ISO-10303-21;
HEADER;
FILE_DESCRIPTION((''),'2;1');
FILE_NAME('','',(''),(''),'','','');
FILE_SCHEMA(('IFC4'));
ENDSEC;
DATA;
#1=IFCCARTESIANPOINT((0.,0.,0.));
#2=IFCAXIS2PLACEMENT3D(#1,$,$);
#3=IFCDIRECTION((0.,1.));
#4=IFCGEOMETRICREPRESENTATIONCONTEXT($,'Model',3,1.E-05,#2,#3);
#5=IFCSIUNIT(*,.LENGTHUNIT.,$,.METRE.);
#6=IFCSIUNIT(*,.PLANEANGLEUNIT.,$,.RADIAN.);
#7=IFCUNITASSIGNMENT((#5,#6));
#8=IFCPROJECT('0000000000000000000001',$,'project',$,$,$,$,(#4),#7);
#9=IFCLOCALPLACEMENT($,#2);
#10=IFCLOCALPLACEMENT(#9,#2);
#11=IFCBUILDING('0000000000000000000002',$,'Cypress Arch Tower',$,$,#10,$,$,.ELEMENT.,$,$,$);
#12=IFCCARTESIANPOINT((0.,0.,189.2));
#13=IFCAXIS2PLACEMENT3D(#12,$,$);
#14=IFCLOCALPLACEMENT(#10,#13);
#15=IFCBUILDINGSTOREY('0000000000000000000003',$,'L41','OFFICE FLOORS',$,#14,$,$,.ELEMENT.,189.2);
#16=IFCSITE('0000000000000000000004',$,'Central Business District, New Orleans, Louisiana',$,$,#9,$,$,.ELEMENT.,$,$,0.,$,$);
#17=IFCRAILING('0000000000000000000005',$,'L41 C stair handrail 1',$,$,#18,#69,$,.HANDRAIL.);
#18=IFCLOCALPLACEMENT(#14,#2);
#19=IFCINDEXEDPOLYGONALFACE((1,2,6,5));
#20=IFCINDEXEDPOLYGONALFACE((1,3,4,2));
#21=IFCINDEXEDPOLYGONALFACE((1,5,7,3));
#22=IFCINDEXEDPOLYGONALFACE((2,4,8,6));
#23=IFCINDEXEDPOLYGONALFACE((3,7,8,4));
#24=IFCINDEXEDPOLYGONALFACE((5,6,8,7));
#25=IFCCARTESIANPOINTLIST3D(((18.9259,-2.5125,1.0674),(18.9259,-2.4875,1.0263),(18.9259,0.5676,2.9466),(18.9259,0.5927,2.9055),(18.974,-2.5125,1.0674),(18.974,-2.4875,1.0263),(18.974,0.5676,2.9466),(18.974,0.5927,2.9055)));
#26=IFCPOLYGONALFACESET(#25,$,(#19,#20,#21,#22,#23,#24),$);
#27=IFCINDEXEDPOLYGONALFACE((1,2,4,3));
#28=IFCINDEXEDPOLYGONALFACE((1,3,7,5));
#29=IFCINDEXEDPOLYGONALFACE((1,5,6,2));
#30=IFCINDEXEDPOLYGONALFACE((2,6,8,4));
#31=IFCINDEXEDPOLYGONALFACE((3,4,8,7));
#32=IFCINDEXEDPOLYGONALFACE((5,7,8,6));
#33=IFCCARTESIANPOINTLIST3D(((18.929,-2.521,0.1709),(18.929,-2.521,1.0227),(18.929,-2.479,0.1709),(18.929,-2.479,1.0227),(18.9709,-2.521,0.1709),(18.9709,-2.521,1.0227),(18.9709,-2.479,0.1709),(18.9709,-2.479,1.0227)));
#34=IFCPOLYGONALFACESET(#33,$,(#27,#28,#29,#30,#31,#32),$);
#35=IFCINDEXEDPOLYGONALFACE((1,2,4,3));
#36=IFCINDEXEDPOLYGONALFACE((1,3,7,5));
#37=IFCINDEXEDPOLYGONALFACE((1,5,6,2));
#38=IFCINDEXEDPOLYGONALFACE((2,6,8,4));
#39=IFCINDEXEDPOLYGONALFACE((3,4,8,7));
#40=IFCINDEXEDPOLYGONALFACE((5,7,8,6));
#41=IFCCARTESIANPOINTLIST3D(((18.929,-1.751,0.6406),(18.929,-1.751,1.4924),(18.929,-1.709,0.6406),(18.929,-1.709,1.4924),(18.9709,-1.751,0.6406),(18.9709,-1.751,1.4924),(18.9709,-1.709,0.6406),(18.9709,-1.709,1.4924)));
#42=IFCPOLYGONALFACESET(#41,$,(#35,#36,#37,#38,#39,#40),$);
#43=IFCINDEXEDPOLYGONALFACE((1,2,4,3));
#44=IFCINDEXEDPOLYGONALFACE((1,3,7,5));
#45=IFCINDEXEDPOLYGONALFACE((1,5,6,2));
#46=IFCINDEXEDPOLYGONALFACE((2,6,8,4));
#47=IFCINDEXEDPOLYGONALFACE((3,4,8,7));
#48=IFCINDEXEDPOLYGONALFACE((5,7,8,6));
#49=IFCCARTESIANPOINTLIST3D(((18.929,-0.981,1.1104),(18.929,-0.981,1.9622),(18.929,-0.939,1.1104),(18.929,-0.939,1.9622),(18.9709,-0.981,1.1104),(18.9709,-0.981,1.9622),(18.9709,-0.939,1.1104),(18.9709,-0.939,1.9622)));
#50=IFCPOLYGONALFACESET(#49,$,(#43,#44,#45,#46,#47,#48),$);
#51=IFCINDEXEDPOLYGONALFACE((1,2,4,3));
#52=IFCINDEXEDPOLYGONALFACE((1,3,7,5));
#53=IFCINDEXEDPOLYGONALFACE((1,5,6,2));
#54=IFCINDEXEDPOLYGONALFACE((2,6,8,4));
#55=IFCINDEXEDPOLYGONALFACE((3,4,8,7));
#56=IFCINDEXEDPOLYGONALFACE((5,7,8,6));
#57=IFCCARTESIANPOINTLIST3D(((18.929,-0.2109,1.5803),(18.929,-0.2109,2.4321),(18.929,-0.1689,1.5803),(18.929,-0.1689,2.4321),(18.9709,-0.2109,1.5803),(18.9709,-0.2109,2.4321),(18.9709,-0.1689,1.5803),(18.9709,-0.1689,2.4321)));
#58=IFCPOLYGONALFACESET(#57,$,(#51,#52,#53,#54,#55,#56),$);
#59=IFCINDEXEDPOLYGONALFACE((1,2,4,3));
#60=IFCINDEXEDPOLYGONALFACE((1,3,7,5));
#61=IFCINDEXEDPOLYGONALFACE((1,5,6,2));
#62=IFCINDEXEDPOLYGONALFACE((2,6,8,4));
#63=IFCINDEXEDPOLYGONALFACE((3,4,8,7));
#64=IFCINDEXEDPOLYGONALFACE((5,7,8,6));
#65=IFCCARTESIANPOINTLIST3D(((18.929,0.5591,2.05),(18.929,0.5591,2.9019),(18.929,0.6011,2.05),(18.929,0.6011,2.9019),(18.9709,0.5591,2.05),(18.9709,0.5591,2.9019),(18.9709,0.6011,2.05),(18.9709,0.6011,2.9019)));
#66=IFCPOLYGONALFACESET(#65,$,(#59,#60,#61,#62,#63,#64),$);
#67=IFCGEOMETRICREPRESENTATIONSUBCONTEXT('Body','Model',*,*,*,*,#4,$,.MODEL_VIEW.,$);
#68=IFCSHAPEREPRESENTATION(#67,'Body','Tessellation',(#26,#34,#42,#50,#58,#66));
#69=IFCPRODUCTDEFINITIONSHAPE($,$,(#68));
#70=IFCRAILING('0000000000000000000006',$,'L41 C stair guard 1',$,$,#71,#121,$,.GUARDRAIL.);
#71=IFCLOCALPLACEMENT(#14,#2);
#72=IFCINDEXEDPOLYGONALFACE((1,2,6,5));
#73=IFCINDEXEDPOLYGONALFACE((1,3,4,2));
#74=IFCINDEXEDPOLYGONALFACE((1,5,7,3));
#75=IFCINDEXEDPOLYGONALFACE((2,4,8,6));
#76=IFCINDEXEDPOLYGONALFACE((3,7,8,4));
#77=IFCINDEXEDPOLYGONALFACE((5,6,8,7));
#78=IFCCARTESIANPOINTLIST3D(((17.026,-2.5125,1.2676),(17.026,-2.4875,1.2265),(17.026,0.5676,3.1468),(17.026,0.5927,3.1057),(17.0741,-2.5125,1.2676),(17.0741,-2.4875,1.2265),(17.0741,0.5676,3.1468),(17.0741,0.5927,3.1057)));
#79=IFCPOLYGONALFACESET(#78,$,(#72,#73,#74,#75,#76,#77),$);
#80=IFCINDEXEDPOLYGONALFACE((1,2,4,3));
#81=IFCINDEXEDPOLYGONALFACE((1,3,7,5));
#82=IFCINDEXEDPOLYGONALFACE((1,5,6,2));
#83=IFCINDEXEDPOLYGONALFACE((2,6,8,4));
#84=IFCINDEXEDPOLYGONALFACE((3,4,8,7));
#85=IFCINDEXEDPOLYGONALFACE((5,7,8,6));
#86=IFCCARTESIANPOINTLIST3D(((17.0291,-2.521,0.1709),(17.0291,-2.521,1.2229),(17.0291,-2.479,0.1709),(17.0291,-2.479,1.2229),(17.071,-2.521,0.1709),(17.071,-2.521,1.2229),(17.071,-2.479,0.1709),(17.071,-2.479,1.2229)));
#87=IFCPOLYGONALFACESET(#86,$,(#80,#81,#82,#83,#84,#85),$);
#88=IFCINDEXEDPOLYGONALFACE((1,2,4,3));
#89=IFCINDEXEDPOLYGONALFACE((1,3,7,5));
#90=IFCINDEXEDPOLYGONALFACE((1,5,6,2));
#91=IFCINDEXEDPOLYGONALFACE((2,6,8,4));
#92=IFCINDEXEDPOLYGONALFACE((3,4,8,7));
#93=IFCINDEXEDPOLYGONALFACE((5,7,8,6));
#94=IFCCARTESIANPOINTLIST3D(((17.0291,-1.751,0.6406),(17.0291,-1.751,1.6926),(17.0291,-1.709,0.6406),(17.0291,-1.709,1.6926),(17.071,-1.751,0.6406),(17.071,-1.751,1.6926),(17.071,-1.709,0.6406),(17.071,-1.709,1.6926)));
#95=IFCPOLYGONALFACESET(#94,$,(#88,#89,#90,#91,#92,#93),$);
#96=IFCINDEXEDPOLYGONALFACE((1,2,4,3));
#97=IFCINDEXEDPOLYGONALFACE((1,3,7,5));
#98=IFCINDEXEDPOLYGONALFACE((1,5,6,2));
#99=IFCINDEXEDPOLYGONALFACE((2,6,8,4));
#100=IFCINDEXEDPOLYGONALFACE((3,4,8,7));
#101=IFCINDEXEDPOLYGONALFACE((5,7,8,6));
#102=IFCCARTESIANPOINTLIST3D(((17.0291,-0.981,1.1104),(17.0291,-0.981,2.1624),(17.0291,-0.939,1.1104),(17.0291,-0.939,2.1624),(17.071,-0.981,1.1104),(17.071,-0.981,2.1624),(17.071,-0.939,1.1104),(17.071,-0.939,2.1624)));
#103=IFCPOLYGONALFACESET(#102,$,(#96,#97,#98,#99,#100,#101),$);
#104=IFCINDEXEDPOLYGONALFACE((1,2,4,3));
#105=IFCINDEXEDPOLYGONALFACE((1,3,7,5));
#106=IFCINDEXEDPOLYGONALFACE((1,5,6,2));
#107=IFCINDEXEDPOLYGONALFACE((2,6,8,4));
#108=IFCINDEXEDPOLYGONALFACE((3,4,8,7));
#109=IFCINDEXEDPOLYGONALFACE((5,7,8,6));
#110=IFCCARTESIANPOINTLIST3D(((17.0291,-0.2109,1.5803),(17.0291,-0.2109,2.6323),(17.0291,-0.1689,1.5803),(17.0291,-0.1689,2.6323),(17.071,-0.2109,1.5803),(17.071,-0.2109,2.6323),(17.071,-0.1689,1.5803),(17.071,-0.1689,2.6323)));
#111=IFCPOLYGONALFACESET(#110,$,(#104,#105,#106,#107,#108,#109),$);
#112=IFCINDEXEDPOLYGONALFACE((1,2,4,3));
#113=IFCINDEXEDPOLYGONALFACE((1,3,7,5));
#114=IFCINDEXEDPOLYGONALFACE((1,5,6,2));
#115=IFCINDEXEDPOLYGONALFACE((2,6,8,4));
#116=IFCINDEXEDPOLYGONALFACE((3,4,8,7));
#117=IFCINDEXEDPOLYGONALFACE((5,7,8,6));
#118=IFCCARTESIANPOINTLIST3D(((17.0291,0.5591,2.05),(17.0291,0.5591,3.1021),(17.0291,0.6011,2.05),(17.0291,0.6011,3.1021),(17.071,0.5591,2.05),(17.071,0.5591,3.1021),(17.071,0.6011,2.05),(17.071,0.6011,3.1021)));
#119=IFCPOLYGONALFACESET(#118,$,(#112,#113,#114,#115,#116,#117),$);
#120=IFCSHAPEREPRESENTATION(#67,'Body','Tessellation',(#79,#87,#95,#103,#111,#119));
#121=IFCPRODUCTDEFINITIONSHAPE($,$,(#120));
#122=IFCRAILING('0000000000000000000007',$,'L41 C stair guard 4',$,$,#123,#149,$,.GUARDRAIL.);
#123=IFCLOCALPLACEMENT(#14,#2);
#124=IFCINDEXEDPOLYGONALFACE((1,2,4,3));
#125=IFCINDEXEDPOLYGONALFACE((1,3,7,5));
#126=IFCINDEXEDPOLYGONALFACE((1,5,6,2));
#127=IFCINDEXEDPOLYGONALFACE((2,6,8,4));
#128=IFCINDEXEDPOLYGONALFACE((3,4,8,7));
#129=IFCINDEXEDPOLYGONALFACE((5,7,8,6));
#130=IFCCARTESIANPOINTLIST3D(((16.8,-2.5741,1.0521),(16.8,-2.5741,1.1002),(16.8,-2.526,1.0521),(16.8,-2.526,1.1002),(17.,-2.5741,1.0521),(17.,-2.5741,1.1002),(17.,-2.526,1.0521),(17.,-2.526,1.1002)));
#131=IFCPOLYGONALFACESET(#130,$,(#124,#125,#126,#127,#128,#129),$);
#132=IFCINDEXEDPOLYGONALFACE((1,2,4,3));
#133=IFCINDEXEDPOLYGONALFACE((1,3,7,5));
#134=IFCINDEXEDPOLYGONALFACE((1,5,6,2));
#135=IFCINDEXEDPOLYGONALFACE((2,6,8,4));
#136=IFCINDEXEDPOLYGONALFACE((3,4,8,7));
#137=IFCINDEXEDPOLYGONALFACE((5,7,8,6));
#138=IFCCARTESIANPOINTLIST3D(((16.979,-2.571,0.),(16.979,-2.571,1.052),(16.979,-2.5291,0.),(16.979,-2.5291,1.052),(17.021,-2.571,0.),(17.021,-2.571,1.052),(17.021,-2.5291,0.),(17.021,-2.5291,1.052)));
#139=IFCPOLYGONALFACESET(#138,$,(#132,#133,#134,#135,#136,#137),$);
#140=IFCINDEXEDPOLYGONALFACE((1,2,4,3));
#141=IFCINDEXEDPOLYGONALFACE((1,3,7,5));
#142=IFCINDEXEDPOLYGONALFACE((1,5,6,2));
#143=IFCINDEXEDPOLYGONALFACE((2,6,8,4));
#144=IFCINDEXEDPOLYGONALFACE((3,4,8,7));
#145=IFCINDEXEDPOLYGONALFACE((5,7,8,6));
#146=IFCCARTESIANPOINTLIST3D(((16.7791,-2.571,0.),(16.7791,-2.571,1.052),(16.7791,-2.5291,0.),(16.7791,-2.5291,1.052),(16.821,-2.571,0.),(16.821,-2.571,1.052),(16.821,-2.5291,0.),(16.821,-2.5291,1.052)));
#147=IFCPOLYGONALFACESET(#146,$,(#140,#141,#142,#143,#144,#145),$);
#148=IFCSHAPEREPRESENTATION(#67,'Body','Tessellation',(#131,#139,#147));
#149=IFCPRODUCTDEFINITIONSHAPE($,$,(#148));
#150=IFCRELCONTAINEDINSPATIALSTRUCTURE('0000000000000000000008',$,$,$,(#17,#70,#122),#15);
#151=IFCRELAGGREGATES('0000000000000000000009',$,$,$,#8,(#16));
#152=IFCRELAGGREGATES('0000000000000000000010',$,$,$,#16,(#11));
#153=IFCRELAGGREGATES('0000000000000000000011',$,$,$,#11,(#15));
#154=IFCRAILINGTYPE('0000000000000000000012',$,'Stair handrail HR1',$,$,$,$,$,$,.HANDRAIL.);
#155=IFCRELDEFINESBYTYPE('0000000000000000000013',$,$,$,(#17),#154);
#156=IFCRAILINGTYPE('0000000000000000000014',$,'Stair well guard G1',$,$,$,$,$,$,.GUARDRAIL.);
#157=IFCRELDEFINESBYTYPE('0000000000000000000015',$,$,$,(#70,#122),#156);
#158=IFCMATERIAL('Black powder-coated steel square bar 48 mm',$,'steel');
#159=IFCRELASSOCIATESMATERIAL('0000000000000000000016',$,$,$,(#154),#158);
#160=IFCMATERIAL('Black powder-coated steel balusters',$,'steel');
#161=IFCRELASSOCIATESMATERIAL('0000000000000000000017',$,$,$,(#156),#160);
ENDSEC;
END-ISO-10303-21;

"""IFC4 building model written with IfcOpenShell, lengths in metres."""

from ifc_helpers import new_model, si_unit, direction, frame, origin, origin_2d, place, context, subcontext, project, spatial, rectangle, extrude, material, type_object, element, save


model = new_model("IFC4")

# Units and contexts
model_context = context("Model", 3, precision=1e-05, world=origin(), true_north=direction((0.0, 1.0)))
body_context = subcontext(model_context, "Body", "Model", "MODEL_VIEW")
ifc_project = project(units=[si_unit("LENGTHUNIT", "METRE"), si_unit("PLANEANGLEUNIT", "RADIAN")], contexts=[model_context])

# Site, building, storey
site_placement = place(None, origin())
site = spatial("IfcSite", under=ifc_project, at=site_placement, Name="Central Business District, New Orleans, Louisiana", CompositionType="ELEMENT", RefElevation=0.0)
building_placement = place(site_placement, origin())
building = spatial("IfcBuilding", under=site, at=building_placement, Name="Cypress Arch Tower", CompositionType="ELEMENT")
storey_placement = place(building_placement, frame((0.0, 0.0, 189.2)))
storey = spatial("IfcBuildingStorey", under=building, at=storey_placement, Name="L41", Description="OFFICE FLOORS", CompositionType="ELEMENT", Elevation=189.2)

# Railings
ifc_material_1 = material(Name="Black powder-coated steel square bar 48 mm", Category="steel")
railing_type_1 = type_object("IfcRailingType", Name="Stair handrail HR1", PredefinedType="HANDRAIL", material=ifc_material_1)
railing_1_placement = place(storey_placement, frame((18.95, -2.5, 0.1709)))
element("IfcRailing", 1, at=railing_1_placement, inside=storey, type_object=railing_type_1, Name="L41 C stair handrail 1", PredefinedType="HANDRAIL", context=body_context, shape_type="SweptSolid", body=[
    extrude(rectangle(XDim=0.0481, YDim=0.0481, at=origin_2d()), frame((0.0, 0.0, 0.876), z_axis=(0.0, 0.853666, 0.52082), x_axis=(-1.0, 0.0, 0.0)), (0.0, 0.0, 1.0), 3.6082),
    extrude(rectangle(XDim=0.042, YDim=0.042, at=origin_2d()), origin(), (0.0, 0.0, 1.0), 0.8518),
    extrude(rectangle(XDim=0.042, YDim=0.042, at=origin_2d()), frame((0.0, 0.77, 0.4697)), (0.0, 0.0, 1.0), 0.8518),
    extrude(rectangle(XDim=0.042, YDim=0.042, at=origin_2d()), frame((0.0, 1.54, 0.9395)), (0.0, 0.0, 1.0), 0.8518),
    extrude(rectangle(XDim=0.042, YDim=0.042, at=origin_2d()), frame((0.0, 2.3101, 1.4094)), (0.0, 0.0, 1.0), 0.8518),
    extrude(rectangle(XDim=0.042, YDim=0.042, at=origin_2d()), frame((0.0, 3.0801, 1.8792)), (0.0, 0.0, 1.0), 0.8518),
])
ifc_material_2 = material(Name="Black powder-coated steel balusters", Category="steel")
railing_type_2 = type_object("IfcRailingType", Name="Stair well guard G1", PredefinedType="GUARDRAIL", material=ifc_material_2)
railing_2_placement = place(storey_placement, frame((17.05, -2.5, 0.1709)))
element("IfcRailing", 2, at=railing_2_placement, inside=storey, type_object=railing_type_2, Name="L41 C stair guard 1", PredefinedType="GUARDRAIL", context=body_context, shape_type="SweptSolid", body=[
    extrude(rectangle(XDim=0.0481, YDim=0.0481, at=origin_2d()), frame((0.0, 0.0, 1.0762), z_axis=(0.0, 0.853666, 0.52082), x_axis=(-1.0, 0.0, 0.0)), (0.0, 0.0, 1.0), 3.6082),
    extrude(rectangle(XDim=0.042, YDim=0.042, at=origin_2d()), origin(), (0.0, 0.0, 1.0), 1.052),
    extrude(rectangle(XDim=0.042, YDim=0.042, at=origin_2d()), frame((0.0, 0.77, 0.4697)), (0.0, 0.0, 1.0), 1.052),
    extrude(rectangle(XDim=0.042, YDim=0.042, at=origin_2d()), frame((0.0, 1.54, 0.9395)), (0.0, 0.0, 1.0), 1.052),
    extrude(rectangle(XDim=0.042, YDim=0.042, at=origin_2d()), frame((0.0, 2.3101, 1.4094)), (0.0, 0.0, 1.0), 1.052),
    extrude(rectangle(XDim=0.042, YDim=0.042, at=origin_2d()), frame((0.0, 3.0801, 1.8792)), (0.0, 0.0, 1.0), 1.052),
])
railing_3_placement = place(storey_placement, frame((17.0, -2.55, 0.0)))
element("IfcRailing", 3, at=railing_3_placement, inside=storey, type_object=railing_type_2, Name="L41 C stair guard 4", PredefinedType="GUARDRAIL", context=body_context, shape_type="SweptSolid", body=[
    extrude(rectangle(XDim=0.0481, YDim=0.0481, at=origin_2d()), frame((0.0, 0.0, 1.0762), z_axis=(-1.0, 0.0, 0.0), x_axis=(0.0, -1.0, 0.0)), (0.0, 0.0, 1.0), 0.2),
    extrude(rectangle(XDim=0.042, YDim=0.042, at=origin_2d()), origin(), (0.0, 0.0, 1.0), 1.052),
    extrude(rectangle(XDim=0.042, YDim=0.042, at=origin_2d()), frame((-0.2, 0.0, 0.0)), (0.0, 0.0, 1.0), 1.052),
])

save(model, "model.ifc")
